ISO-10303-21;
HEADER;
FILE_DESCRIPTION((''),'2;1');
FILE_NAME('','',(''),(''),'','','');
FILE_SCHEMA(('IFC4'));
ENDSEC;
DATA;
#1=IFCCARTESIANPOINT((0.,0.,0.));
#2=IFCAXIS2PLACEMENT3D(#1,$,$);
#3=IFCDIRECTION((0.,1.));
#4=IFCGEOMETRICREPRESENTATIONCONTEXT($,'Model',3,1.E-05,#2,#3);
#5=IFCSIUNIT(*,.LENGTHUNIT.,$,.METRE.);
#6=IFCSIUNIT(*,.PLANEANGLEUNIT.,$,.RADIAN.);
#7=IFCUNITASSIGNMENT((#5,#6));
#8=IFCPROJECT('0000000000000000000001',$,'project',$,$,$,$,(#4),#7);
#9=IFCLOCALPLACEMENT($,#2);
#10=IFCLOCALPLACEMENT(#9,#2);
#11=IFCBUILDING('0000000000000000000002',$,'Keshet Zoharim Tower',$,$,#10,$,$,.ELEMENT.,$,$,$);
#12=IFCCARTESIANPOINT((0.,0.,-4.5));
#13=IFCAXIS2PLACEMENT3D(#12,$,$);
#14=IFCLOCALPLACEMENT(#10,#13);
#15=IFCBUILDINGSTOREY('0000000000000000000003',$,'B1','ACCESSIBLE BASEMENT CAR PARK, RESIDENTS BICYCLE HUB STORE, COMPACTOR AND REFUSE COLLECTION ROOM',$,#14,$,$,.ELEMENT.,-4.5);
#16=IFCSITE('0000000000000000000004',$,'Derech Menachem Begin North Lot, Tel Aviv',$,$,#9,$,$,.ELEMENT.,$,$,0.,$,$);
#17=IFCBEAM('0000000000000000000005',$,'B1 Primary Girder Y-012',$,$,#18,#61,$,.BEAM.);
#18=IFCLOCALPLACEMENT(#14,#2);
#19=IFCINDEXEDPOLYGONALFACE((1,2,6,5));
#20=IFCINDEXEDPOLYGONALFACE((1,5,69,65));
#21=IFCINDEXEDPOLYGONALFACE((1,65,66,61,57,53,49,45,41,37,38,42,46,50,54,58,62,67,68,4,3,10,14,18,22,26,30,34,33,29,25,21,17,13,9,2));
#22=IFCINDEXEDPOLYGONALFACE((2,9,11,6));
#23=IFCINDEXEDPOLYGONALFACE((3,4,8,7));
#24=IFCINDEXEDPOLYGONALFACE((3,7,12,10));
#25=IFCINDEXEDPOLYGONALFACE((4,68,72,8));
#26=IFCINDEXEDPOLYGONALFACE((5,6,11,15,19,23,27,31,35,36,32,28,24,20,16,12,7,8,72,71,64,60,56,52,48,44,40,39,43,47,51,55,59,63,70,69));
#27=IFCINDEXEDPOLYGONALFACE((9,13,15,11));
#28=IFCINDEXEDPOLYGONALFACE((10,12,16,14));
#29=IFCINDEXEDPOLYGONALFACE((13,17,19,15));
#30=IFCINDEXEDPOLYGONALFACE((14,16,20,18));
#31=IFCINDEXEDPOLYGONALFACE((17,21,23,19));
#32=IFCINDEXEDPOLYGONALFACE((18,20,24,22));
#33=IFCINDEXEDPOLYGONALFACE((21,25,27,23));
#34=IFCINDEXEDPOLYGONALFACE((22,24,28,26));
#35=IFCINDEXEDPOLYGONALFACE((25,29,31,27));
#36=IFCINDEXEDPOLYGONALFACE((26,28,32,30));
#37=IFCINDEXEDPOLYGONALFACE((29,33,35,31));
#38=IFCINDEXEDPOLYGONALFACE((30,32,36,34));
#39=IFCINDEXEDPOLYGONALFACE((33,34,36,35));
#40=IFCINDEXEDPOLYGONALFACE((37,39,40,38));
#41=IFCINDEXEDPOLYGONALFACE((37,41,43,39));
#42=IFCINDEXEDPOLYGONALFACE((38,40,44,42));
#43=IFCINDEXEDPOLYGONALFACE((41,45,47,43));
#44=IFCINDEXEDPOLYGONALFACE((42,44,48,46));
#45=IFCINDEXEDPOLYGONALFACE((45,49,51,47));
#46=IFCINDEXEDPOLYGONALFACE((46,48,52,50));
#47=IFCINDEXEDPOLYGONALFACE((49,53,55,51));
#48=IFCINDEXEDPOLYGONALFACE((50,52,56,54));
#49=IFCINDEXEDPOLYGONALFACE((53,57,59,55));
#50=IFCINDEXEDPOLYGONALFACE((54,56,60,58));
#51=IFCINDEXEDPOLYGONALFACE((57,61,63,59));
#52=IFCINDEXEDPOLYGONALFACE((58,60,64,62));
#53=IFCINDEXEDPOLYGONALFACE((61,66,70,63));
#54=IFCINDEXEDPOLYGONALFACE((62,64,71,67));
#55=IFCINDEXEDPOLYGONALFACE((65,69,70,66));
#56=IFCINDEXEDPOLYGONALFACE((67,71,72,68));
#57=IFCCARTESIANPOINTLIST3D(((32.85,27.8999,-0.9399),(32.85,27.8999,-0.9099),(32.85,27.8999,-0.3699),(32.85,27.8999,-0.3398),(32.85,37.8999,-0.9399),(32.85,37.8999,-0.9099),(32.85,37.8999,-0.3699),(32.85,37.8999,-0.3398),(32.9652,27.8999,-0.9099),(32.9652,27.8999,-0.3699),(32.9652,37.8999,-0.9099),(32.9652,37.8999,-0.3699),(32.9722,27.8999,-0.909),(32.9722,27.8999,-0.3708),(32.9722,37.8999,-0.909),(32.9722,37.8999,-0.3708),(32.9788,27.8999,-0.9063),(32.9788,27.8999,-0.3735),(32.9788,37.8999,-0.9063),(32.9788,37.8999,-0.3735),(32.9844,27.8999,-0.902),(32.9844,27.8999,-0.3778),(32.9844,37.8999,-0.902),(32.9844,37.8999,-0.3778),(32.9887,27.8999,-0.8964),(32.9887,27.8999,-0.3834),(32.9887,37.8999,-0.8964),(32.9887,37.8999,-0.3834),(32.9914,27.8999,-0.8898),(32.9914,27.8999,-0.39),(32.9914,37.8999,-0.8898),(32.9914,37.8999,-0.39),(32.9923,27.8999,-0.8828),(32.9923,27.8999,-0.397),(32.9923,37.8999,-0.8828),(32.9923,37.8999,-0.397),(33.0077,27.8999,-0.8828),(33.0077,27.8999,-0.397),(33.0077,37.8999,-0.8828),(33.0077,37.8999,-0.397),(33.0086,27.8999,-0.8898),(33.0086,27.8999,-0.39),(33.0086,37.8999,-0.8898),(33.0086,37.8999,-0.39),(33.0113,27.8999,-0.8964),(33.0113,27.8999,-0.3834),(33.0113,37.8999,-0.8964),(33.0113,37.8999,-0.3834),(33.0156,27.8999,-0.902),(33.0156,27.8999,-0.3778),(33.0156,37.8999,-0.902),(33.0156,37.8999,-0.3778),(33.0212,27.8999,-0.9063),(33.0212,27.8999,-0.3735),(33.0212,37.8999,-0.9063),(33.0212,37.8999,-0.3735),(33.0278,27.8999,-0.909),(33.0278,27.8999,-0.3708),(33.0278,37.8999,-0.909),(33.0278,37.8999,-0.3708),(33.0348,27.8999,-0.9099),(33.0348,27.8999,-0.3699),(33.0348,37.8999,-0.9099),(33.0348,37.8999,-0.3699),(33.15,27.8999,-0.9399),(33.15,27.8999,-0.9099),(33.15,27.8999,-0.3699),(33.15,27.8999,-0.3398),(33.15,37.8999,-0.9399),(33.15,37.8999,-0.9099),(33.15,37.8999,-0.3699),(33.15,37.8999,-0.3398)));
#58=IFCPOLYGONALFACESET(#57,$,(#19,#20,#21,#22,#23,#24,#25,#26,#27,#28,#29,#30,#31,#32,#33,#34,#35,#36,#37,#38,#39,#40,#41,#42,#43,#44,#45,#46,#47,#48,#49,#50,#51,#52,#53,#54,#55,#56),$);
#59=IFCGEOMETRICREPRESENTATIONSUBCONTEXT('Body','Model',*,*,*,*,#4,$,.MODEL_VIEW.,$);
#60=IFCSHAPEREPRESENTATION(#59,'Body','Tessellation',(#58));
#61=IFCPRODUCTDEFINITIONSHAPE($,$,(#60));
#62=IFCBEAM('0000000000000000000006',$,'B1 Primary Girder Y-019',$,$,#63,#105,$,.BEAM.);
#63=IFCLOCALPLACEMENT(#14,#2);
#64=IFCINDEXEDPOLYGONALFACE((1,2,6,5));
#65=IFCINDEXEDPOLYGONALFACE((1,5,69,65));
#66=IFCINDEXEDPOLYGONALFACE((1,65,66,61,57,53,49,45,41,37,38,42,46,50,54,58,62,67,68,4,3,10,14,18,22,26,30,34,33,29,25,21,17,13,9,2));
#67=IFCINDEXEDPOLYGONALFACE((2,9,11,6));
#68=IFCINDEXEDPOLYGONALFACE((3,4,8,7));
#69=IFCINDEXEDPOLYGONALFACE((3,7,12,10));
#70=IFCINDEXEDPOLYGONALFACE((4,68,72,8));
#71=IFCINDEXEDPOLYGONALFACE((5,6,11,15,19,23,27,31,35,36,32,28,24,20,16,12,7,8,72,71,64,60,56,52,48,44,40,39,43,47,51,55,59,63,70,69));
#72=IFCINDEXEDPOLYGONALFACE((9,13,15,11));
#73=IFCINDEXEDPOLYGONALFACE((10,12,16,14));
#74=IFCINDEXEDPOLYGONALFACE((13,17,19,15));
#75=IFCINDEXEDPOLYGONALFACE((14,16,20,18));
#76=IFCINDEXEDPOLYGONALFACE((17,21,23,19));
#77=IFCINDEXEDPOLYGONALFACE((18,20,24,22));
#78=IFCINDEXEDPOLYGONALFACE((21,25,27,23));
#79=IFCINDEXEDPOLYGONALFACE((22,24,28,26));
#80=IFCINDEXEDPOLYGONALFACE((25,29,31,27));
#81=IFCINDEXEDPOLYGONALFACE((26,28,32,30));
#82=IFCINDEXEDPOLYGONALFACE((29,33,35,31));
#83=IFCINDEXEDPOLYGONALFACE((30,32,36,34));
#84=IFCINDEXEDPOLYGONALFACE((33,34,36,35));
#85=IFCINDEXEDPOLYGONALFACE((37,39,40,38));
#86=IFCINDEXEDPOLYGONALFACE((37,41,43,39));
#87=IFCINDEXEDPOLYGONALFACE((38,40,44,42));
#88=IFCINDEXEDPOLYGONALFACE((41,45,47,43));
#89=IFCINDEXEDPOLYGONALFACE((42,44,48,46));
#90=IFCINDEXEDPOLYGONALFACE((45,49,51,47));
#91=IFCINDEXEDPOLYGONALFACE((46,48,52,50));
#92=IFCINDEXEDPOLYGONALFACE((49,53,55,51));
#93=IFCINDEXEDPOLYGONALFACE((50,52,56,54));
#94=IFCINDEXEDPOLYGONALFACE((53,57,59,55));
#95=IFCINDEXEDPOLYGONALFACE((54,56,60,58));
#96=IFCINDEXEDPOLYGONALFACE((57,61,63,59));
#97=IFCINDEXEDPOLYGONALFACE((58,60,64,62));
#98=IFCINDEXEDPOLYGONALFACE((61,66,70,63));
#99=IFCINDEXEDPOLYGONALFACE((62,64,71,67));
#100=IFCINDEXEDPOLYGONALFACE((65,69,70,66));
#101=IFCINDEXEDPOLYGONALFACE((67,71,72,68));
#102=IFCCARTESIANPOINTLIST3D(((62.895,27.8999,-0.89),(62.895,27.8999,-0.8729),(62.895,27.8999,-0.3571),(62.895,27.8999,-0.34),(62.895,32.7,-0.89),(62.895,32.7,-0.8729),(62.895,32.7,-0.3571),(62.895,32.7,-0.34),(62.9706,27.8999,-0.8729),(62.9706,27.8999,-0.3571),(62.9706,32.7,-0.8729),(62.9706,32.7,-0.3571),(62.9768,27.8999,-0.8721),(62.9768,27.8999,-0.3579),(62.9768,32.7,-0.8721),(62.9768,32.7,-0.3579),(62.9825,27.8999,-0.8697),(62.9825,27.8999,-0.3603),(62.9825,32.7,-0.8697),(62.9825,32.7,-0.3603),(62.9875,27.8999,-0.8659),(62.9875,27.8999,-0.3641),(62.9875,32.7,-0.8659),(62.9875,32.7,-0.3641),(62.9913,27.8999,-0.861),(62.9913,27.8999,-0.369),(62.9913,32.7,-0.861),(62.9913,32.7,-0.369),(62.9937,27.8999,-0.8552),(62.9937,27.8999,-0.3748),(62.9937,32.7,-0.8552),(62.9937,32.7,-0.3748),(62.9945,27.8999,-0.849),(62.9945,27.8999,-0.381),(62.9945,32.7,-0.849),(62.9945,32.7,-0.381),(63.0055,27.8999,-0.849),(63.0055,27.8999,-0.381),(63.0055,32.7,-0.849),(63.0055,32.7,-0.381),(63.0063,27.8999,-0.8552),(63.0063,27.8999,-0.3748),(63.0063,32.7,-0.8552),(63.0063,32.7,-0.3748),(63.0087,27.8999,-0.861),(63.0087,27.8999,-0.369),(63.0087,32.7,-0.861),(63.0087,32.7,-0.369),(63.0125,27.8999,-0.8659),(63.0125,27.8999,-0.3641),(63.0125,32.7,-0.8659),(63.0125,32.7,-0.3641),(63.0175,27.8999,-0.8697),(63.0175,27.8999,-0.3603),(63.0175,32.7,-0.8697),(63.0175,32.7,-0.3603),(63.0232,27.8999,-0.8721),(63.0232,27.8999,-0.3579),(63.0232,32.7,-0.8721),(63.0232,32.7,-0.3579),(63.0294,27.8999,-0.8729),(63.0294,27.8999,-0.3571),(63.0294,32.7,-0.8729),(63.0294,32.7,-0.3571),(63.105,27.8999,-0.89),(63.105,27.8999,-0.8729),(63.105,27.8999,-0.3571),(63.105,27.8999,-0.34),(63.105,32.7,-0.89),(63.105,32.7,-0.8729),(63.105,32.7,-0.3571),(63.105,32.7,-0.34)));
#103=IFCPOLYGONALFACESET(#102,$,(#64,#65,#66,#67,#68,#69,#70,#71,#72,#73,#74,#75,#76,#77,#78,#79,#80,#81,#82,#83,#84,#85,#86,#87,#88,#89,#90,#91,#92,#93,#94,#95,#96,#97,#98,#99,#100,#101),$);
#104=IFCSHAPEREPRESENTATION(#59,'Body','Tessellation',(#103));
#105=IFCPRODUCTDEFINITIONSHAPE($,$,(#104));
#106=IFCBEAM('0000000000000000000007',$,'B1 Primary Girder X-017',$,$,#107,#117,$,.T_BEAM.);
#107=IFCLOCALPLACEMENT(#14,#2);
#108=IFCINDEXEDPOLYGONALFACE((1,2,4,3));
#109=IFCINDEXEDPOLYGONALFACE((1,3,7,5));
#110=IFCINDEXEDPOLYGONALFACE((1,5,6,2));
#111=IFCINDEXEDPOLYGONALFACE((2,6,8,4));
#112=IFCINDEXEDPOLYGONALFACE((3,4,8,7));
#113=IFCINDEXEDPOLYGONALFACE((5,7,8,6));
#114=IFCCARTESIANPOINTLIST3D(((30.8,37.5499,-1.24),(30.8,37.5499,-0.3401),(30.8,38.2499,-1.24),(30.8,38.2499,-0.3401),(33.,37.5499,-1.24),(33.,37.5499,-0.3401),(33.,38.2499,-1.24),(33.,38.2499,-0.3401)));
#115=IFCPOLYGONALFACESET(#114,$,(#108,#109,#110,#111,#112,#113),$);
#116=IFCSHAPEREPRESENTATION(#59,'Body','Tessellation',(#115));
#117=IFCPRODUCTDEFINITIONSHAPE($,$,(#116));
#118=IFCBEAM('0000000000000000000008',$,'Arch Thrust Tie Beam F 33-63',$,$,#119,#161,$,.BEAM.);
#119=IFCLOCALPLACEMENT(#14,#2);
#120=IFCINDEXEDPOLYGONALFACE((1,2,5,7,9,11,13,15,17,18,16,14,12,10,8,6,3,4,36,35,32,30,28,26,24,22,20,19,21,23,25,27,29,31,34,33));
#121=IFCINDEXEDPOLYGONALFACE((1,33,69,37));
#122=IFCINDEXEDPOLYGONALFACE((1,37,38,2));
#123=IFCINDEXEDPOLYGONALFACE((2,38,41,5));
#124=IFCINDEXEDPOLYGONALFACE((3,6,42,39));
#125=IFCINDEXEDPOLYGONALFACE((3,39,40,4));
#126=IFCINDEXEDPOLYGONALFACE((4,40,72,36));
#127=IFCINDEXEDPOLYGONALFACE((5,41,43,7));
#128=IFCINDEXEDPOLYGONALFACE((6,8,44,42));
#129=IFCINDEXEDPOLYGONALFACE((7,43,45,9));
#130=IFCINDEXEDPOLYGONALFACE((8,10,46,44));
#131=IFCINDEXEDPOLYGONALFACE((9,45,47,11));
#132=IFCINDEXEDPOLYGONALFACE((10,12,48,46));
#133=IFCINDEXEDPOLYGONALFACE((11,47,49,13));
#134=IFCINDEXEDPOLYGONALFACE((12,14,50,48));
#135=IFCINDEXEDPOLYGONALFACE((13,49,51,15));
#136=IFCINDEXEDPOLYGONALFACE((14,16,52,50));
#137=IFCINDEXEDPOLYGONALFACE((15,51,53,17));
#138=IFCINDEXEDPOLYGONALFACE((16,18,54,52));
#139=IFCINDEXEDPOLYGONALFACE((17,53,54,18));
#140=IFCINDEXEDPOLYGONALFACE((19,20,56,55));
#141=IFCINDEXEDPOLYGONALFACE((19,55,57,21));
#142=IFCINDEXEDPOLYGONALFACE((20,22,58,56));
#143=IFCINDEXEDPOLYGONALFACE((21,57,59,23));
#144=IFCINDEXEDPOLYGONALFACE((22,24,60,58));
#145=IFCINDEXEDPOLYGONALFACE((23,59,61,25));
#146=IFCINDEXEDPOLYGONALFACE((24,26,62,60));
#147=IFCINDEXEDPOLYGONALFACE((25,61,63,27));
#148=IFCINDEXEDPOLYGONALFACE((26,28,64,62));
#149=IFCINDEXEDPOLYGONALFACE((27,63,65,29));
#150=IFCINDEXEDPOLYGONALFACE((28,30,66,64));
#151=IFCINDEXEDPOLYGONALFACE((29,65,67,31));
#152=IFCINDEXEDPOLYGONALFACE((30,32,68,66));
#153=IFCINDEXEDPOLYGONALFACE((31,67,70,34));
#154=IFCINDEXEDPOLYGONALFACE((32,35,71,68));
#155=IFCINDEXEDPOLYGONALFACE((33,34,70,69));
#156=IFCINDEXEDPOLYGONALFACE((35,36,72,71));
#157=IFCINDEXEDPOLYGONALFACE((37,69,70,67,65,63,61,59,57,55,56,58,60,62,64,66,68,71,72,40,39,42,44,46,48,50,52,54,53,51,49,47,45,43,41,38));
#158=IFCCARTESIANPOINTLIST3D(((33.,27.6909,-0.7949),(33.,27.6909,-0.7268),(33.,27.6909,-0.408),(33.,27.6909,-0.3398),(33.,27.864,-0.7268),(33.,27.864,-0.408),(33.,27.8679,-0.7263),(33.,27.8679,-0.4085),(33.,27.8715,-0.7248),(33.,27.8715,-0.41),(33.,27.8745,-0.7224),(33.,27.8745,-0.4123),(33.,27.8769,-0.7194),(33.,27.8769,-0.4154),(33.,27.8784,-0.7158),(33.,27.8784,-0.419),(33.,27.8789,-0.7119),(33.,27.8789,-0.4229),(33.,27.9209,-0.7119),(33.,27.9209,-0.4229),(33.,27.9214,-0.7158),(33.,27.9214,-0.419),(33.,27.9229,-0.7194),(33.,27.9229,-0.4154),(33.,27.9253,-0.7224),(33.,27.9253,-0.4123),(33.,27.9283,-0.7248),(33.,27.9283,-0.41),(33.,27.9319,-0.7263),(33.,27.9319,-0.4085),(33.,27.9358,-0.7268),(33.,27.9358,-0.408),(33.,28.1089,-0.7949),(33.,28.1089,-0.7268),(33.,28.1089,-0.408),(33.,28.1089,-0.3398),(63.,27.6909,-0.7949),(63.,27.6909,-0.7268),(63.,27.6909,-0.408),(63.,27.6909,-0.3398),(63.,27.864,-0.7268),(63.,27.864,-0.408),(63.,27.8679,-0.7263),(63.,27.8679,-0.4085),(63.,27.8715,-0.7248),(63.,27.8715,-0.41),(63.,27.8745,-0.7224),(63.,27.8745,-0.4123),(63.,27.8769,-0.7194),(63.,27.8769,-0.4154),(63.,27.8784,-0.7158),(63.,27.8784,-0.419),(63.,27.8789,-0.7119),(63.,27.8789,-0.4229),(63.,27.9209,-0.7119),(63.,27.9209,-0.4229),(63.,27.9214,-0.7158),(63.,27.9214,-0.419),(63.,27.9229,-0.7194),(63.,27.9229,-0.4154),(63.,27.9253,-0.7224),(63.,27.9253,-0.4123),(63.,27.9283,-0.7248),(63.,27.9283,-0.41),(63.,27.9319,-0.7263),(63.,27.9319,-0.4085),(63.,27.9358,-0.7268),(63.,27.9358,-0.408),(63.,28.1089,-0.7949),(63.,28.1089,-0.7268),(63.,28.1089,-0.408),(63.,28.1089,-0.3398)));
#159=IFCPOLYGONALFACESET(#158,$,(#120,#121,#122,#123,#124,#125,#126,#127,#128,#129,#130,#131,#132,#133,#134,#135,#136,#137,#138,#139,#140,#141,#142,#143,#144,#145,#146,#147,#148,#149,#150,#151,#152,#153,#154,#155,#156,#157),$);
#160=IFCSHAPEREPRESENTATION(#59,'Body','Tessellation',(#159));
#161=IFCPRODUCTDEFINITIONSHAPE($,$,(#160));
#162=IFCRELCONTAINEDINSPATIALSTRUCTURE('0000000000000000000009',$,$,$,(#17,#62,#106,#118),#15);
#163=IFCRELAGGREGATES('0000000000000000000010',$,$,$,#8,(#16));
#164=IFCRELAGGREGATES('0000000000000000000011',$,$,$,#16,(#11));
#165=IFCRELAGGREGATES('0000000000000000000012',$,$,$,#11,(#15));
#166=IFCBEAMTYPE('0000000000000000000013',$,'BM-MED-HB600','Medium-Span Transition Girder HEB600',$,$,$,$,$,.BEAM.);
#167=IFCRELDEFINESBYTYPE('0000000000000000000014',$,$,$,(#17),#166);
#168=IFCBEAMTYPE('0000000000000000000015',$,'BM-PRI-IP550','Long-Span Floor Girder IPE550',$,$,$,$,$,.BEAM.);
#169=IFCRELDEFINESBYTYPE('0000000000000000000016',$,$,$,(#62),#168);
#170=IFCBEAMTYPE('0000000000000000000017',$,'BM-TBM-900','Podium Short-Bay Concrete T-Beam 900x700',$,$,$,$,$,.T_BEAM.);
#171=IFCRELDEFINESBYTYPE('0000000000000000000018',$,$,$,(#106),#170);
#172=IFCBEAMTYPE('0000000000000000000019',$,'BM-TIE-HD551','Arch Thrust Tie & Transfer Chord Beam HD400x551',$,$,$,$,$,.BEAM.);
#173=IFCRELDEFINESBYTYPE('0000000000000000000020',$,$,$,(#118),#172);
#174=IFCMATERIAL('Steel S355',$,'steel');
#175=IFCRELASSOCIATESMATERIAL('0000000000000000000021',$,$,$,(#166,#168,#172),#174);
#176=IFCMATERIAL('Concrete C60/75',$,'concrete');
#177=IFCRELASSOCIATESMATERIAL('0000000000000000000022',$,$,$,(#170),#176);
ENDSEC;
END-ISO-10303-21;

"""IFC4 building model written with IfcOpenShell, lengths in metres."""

from ifc_helpers import new_model, si_unit, direction, frame, origin, origin_2d, place, context, subcontext, project, spatial, rectangle, i_section, extrude, material, material_profile, profile_set, type_object, element, save


model = new_model("IFC4")

# Units and contexts
model_context = context("Model", 3, precision=1e-05, world=origin(), true_north=direction((0.0, 1.0)))
body_context = subcontext(model_context, "Body", "Model", "MODEL_VIEW")
ifc_project = project(units=[si_unit("LENGTHUNIT", "METRE"), si_unit("PLANEANGLEUNIT", "RADIAN")], contexts=[model_context])

# Site, building, storey
site_placement = place(None, origin())
site = spatial("IfcSite", under=ifc_project, at=site_placement, Name="Derech Menachem Begin North Lot, Tel Aviv", CompositionType="ELEMENT", RefElevation=0.0)
building_placement = place(site_placement, origin())
building = spatial("IfcBuilding", under=site, at=building_placement, Name="Keshet Zoharim Tower", CompositionType="ELEMENT")
storey_placement = place(building_placement, frame((0.0, 0.0, -4.5)))
storey = spatial("IfcBuildingStorey", under=building, at=storey_placement, Name="B1", Description="ACCESSIBLE BASEMENT CAR PARK, RESIDENTS BICYCLE HUB STORE, COMPACTOR AND REFUSE COLLECTION ROOM", CompositionType="ELEMENT", Elevation=-4.5)

# Shared definitions
ifc_material_1 = material(Name="Concrete C60/75", Category="concrete")

# Beams
ifc_material_2 = material(Name="Steel S355", Category="steel")
ifc_material_profile_1 = material_profile(ifc_material_2, i_section(OverallWidth=0.3, OverallDepth=0.6001, WebThickness=0.0154, FlangeThickness=0.03, FilletRadius=0.0271, at=origin_2d()), Name="HEB600")
ifc_profile_set_1 = profile_set([ifc_material_profile_1], Name="Steel S355")
beam_type_1 = type_object("IfcBeamType", Name="BM-MED-HB600", Description="Medium-Span Transition Girder HEB600", PredefinedType="BEAM", material=ifc_profile_set_1)
beam_1_placement = place(storey_placement, frame((33.0, 27.8999, -0.6399), z_axis=(0.0, 1.0, 0.0), x_axis=(-1.0, 0.0, 0.0)))
element("IfcBeam", 1, at=beam_1_placement, inside=storey, type_object=beam_type_1, Name="B1 Primary Girder Y-012", PredefinedType="BEAM", context=body_context, shape_type="SweptSolid", body=[
    extrude(i_section(OverallWidth=0.3, OverallDepth=0.6001, WebThickness=0.0154, FlangeThickness=0.03, FilletRadius=0.0271, at=origin_2d()), origin(), (0.0, 0.0, 1.0), 10.0),
])
ifc_material_profile_2 = material_profile(ifc_material_2, i_section(OverallWidth=0.21, OverallDepth=0.55, WebThickness=0.011, FlangeThickness=0.0171, FilletRadius=0.0239, at=origin_2d()), Name="IPE550")
ifc_profile_set_2 = profile_set([ifc_material_profile_2], Name="Steel S355")
beam_type_2 = type_object("IfcBeamType", Name="BM-PRI-IP550", Description="Long-Span Floor Girder IPE550", PredefinedType="BEAM", material=ifc_profile_set_2)
beam_2_placement = place(storey_placement, frame((63.0, 27.8999, -0.615), z_axis=(0.0, 1.0, 0.0), x_axis=(-1.0, 0.0, 0.0)))
element("IfcBeam", 2, at=beam_2_placement, inside=storey, type_object=beam_type_2, Name="B1 Primary Girder Y-019", PredefinedType="BEAM", context=body_context, shape_type="SweptSolid", body=[
    extrude(i_section(OverallWidth=0.21, OverallDepth=0.55, WebThickness=0.011, FlangeThickness=0.0171, FilletRadius=0.0239, at=origin_2d()), origin(), (0.0, 0.0, 1.0), 4.8),
])
ifc_material_profile_3 = material_profile(ifc_material_1, rectangle(XDim=0.7, YDim=0.8999, at=origin_2d()), Name="RC900x700")
ifc_profile_set_3 = profile_set([ifc_material_profile_3], Name="Concrete C60/75")
beam_type_3 = type_object("IfcBeamType", Name="BM-TBM-900", Description="Podium Short-Bay Concrete T-Beam 900x700", PredefinedType="T_BEAM", material=ifc_profile_set_3)
beam_3_placement = place(storey_placement, frame((30.8, 37.8999, -0.79), z_axis=(1.0, 0.0, 0.0), x_axis=(0.0, 1.0, 0.0)))
element("IfcBeam", 3, at=beam_3_placement, inside=storey, type_object=beam_type_3, Name="B1 Primary Girder X-017", PredefinedType="T_BEAM", context=body_context, shape_type="SweptSolid", body=[
    extrude(rectangle(XDim=0.7, YDim=0.8999, at=origin_2d()), origin(), (0.0, 0.0, 1.0), 2.2),
])
ifc_material_profile_4 = material_profile(ifc_material_2, i_section(OverallWidth=0.418, OverallDepth=0.4551, WebThickness=0.042, FlangeThickness=0.0681, FilletRadius=0.0149, at=origin_2d()), Name="HD400x551")
ifc_profile_set_4 = profile_set([ifc_material_profile_4], Name="Steel S355")
beam_type_4 = type_object("IfcBeamType", Name="BM-TIE-HD551", Description="Arch Thrust Tie & Transfer Chord Beam HD400x551", PredefinedType="BEAM", material=ifc_profile_set_4)
for number, where, z_axis, x_axis, name in (
    (4, (33.0, 27.8999, -0.5674), (1.0, 0.0, 0.0), (0.0, 1.0, 0.0), "Arch Thrust Tie Beam F 33-63"),
):
    element("IfcBeam", number, at=place(storey_placement, frame(where, z_axis=z_axis, x_axis=x_axis)), inside=storey, type_object=beam_type_4, Name=name, PredefinedType="BEAM", context=body_context, shape_type="SweptSolid", body=[
        extrude(i_section(OverallWidth=0.418, OverallDepth=0.4551, WebThickness=0.042, FlangeThickness=0.0681, FilletRadius=0.0149, at=origin_2d()), origin(), (0.0, 0.0, 1.0), 30.0),
    ])

save(model, "model.ifc")
